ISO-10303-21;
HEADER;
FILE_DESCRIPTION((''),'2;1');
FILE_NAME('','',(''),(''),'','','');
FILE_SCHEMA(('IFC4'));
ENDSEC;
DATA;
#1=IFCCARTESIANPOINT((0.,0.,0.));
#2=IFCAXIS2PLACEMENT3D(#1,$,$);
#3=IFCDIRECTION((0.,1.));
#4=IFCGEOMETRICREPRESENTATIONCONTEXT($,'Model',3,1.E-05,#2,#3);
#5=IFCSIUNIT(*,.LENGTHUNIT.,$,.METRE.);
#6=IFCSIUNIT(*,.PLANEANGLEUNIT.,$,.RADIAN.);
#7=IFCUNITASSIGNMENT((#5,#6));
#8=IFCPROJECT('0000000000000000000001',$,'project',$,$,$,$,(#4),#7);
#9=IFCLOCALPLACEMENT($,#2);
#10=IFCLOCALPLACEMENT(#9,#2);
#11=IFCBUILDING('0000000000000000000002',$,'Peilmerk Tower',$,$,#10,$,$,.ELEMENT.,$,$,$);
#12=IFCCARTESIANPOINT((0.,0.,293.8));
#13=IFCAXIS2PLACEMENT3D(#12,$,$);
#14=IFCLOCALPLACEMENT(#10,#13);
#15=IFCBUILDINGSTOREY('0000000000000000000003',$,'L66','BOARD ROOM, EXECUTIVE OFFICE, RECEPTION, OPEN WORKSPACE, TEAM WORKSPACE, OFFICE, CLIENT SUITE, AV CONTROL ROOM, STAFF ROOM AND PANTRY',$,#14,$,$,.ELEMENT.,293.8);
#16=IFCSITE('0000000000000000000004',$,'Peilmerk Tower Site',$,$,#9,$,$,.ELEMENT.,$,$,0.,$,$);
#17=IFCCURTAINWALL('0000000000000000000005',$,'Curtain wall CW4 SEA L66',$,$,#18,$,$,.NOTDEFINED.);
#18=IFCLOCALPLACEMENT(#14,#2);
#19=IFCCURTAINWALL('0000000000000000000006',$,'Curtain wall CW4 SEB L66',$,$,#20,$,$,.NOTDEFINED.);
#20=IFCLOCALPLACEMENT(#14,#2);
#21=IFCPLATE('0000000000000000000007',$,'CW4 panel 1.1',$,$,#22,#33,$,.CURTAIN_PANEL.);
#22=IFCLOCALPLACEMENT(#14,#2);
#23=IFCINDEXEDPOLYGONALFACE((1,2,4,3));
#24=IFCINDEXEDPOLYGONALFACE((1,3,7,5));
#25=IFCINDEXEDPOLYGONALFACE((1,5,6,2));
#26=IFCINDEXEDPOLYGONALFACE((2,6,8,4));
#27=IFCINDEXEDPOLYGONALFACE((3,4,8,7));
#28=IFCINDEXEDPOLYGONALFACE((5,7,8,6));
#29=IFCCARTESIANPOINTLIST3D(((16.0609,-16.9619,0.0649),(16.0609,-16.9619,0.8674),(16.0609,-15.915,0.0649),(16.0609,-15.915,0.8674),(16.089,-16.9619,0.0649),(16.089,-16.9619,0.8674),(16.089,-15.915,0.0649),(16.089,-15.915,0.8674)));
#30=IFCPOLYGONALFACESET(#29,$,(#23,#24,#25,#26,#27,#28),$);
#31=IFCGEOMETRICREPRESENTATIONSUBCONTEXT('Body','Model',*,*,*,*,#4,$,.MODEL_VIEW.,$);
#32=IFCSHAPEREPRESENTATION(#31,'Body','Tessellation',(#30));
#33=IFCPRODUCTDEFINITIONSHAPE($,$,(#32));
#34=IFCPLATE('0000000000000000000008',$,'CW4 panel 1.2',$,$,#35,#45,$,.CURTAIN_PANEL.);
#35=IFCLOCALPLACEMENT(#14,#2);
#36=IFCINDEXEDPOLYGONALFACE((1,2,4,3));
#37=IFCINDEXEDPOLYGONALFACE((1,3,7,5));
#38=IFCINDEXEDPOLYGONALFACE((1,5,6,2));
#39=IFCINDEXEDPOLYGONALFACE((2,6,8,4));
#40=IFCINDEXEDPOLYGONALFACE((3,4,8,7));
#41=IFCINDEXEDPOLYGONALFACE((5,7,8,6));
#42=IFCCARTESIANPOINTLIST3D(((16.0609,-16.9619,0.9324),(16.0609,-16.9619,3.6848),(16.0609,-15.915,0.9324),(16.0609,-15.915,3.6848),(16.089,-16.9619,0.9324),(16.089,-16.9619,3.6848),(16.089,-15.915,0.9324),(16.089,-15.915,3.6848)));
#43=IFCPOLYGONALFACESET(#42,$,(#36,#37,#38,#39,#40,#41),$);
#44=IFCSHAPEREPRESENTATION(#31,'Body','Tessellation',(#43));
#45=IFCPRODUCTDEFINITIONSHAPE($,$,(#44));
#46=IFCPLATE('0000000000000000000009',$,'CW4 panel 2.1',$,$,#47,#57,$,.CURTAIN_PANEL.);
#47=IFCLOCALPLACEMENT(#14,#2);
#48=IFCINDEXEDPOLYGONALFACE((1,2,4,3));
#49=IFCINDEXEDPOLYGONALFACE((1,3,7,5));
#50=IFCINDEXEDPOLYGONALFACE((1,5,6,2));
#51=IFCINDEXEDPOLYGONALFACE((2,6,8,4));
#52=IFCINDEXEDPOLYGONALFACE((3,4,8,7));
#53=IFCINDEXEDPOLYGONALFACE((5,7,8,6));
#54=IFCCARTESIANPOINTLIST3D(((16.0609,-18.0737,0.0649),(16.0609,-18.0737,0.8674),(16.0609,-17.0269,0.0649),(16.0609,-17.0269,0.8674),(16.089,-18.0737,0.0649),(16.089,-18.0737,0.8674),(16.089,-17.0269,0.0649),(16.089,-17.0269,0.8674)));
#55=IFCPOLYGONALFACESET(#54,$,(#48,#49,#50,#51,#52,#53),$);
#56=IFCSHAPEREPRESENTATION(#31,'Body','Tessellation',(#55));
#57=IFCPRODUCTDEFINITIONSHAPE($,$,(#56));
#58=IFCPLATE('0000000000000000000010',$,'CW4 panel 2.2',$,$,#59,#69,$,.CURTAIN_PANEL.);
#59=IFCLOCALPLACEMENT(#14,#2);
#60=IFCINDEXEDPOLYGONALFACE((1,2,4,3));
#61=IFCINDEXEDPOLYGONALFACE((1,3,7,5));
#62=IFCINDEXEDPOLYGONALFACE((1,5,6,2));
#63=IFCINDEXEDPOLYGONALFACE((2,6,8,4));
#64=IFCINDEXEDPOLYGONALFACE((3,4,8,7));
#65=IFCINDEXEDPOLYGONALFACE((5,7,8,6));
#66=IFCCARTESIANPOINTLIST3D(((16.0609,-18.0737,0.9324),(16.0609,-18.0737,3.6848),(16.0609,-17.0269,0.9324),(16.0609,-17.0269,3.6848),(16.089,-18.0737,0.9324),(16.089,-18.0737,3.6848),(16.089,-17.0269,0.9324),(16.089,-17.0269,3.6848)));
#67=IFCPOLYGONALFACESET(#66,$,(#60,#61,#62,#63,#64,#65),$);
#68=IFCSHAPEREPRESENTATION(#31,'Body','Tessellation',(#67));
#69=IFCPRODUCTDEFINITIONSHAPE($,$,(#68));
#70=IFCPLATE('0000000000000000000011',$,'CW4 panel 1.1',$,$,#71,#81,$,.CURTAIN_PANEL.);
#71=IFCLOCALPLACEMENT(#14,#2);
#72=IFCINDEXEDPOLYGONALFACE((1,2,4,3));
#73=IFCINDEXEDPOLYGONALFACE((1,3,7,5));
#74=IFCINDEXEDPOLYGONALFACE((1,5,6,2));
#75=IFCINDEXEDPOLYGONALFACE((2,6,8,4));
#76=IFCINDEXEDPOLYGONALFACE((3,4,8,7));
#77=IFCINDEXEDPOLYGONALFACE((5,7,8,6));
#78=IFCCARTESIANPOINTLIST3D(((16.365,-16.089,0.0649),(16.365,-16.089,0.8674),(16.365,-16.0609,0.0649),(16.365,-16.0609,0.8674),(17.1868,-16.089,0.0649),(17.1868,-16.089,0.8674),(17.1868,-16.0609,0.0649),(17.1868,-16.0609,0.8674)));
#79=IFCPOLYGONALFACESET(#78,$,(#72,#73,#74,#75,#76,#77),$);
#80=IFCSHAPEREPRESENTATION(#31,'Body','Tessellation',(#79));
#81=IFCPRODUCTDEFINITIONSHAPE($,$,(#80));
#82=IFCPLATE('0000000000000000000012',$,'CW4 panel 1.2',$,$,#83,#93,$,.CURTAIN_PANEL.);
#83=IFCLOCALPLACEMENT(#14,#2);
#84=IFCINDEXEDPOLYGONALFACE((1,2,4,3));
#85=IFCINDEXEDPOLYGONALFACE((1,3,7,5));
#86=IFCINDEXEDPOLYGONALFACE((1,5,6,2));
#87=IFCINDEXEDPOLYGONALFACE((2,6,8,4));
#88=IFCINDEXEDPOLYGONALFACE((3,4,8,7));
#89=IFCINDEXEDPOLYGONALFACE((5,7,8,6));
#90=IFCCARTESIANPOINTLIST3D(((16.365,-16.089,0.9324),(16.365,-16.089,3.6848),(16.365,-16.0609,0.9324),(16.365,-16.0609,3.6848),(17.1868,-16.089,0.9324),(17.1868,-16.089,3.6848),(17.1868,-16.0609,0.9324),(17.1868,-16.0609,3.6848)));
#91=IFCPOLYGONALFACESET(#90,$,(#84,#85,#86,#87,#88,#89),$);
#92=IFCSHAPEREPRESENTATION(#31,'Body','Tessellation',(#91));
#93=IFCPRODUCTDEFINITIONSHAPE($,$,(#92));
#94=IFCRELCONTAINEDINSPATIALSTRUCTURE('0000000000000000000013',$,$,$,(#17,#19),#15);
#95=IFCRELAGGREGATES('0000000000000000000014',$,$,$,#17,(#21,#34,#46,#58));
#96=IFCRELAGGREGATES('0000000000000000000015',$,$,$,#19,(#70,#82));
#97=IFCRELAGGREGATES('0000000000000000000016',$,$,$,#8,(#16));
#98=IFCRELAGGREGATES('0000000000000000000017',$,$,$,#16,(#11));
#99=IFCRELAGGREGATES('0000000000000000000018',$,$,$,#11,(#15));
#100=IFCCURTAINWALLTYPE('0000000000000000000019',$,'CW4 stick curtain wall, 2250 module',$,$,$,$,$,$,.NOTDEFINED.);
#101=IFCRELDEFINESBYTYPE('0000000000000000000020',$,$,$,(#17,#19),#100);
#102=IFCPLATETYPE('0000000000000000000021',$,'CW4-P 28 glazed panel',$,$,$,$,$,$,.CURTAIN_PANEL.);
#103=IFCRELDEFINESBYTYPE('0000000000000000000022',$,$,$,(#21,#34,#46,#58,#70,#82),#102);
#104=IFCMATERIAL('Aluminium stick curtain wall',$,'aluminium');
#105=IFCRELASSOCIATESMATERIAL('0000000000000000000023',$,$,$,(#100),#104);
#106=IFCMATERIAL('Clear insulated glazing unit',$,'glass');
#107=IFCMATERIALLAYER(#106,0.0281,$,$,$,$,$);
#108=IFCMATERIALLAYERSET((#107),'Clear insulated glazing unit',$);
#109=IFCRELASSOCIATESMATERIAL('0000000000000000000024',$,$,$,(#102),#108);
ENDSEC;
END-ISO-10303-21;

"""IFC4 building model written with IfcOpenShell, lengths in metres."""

from ifc_helpers import new_model, si_unit, direction, frame, origin, origin_2d, place, context, subcontext, project, spatial, rectangle, extrude, material, layer, layer_set, type_object, element, aggregate, save


model = new_model("IFC4")

# Units and contexts
model_context = context("Model", 3, precision=1e-05, world=origin(), true_north=direction((0.0, 1.0)))
body_context = subcontext(model_context, "Body", "Model", "MODEL_VIEW")
ifc_project = project(units=[si_unit("LENGTHUNIT", "METRE"), si_unit("PLANEANGLEUNIT", "RADIAN")], contexts=[model_context])

# Site, building, storey
site_placement = place(None, origin())
site = spatial("IfcSite", under=ifc_project, at=site_placement, Name="Peilmerk Tower Site", CompositionType="ELEMENT", RefElevation=0.0)
building_placement = place(site_placement, origin())
building = spatial("IfcBuilding", under=site, at=building_placement, Name="Peilmerk Tower", CompositionType="ELEMENT")
storey_placement = place(building_placement, frame((0.0, 0.0, 293.8)))
storey = spatial("IfcBuildingStorey", under=building, at=storey_placement, Name="L66", Description="BOARD ROOM, EXECUTIVE OFFICE, RECEPTION, OPEN WORKSPACE, TEAM WORKSPACE, OFFICE, CLIENT SUITE, AV CONTROL ROOM, STAFF ROOM AND PANTRY", CompositionType="ELEMENT", Elevation=293.8)

# Curtain walls
ifc_material_1 = material(Name="Aluminium stick curtain wall", Category="aluminium")
curtain_wall_type = type_object("IfcCurtainWallType", Name="CW4 stick curtain wall, 2250 module", PredefinedType="NOTDEFINED", material=ifc_material_1)
curtain_wall_1_placement = place(storey_placement, origin())
curtain_wall_1 = element("IfcCurtainWall", 1, at=curtain_wall_1_placement, inside=storey, type_object=curtain_wall_type, Name="Curtain wall CW4 SEA L66", PredefinedType="NOTDEFINED")
curtain_wall_2_placement = place(storey_placement, origin())
curtain_wall_2 = element("IfcCurtainWall", 2, at=curtain_wall_2_placement, inside=storey, type_object=curtain_wall_type, Name="Curtain wall CW4 SEB L66", PredefinedType="NOTDEFINED")

# Plates
ifc_material_2 = material(Name="Clear insulated glazing unit", Category="glass")
ifc_layer_1 = layer(ifc_material_2, 0.0281)
ifc_layer_set_1 = layer_set([ifc_layer_1], Name="Clear insulated glazing unit")
plate_type = type_object("IfcPlateType", Name="CW4-P 28 glazed panel", PredefinedType="CURTAIN_PANEL", material=ifc_layer_set_1)
plate_1_placement = place(storey_placement, frame((16.075, -16.4385, 0.0649), z_axis=(0.0, 0.0, 1.0), x_axis=(0.0, -1.0, 0.0)))
plate_1 = element("IfcPlate", 3, at=plate_1_placement, type_object=plate_type, Name="CW4 panel 1.1", PredefinedType="CURTAIN_PANEL", context=body_context, shape_type="SweptSolid", body=[
    extrude(rectangle(XDim=1.0469, YDim=0.0281, at=origin_2d()), origin(), (0.0, 0.0, 1.0), 0.8025),
])
plate_2_placement = place(storey_placement, frame((16.075, -16.4385, 0.9324), z_axis=(0.0, 0.0, 1.0), x_axis=(0.0, -1.0, 0.0)))
plate_2 = element("IfcPlate", 4, at=plate_2_placement, type_object=plate_type, Name="CW4 panel 1.2", PredefinedType="CURTAIN_PANEL", context=body_context, shape_type="SweptSolid", body=[
    extrude(rectangle(XDim=1.0469, YDim=0.0281, at=origin_2d()), origin(), (0.0, 0.0, 1.0), 2.7524),
])
plate_3_placement = place(storey_placement, frame((16.075, -17.5503, 0.0649), z_axis=(0.0, 0.0, 1.0), x_axis=(0.0, -1.0, 0.0)))
plate_3 = element("IfcPlate", 5, at=plate_3_placement, type_object=plate_type, Name="CW4 panel 2.1", PredefinedType="CURTAIN_PANEL", context=body_context, shape_type="SweptSolid", body=[
    extrude(rectangle(XDim=1.0469, YDim=0.0281, at=origin_2d()), origin(), (0.0, 0.0, 1.0), 0.8025),
])
plate_4_placement = place(storey_placement, frame((16.075, -17.5503, 0.9324), z_axis=(0.0, 0.0, 1.0), x_axis=(0.0, -1.0, 0.0)))
plate_4 = element("IfcPlate", 6, at=plate_4_placement, type_object=plate_type, Name="CW4 panel 2.2", PredefinedType="CURTAIN_PANEL", context=body_context, shape_type="SweptSolid", body=[
    extrude(rectangle(XDim=1.0469, YDim=0.0281, at=origin_2d()), origin(), (0.0, 0.0, 1.0), 2.7524),
])
aggregate(curtain_wall_1, [plate_1, plate_2, plate_3, plate_4])
plate_5_placement = place(storey_placement, frame((16.7759, -16.075, 0.0649), z_axis=(0.0, 0.0, 1.0), x_axis=(1.0, 0.0, 0.0)))
plate_5 = element("IfcPlate", 7, at=plate_5_placement, type_object=plate_type, Name="CW4 panel 1.1", PredefinedType="CURTAIN_PANEL", context=body_context, shape_type="SweptSolid", body=[
    extrude(rectangle(XDim=0.8218, YDim=0.0281, at=origin_2d()), origin(), (0.0, 0.0, 1.0), 0.8025),
])
plate_6_placement = place(storey_placement, frame((16.7759, -16.075, 0.9324), z_axis=(0.0, 0.0, 1.0), x_axis=(1.0, 0.0, 0.0)))
plate_6 = element("IfcPlate", 8, at=plate_6_placement, type_object=plate_type, Name="CW4 panel 1.2", PredefinedType="CURTAIN_PANEL", context=body_context, shape_type="SweptSolid", body=[
    extrude(rectangle(XDim=0.8218, YDim=0.0281, at=origin_2d()), origin(), (0.0, 0.0, 1.0), 2.7524),
])
aggregate(curtain_wall_2, [plate_5, plate_6])

save(model, "model.ifc")
